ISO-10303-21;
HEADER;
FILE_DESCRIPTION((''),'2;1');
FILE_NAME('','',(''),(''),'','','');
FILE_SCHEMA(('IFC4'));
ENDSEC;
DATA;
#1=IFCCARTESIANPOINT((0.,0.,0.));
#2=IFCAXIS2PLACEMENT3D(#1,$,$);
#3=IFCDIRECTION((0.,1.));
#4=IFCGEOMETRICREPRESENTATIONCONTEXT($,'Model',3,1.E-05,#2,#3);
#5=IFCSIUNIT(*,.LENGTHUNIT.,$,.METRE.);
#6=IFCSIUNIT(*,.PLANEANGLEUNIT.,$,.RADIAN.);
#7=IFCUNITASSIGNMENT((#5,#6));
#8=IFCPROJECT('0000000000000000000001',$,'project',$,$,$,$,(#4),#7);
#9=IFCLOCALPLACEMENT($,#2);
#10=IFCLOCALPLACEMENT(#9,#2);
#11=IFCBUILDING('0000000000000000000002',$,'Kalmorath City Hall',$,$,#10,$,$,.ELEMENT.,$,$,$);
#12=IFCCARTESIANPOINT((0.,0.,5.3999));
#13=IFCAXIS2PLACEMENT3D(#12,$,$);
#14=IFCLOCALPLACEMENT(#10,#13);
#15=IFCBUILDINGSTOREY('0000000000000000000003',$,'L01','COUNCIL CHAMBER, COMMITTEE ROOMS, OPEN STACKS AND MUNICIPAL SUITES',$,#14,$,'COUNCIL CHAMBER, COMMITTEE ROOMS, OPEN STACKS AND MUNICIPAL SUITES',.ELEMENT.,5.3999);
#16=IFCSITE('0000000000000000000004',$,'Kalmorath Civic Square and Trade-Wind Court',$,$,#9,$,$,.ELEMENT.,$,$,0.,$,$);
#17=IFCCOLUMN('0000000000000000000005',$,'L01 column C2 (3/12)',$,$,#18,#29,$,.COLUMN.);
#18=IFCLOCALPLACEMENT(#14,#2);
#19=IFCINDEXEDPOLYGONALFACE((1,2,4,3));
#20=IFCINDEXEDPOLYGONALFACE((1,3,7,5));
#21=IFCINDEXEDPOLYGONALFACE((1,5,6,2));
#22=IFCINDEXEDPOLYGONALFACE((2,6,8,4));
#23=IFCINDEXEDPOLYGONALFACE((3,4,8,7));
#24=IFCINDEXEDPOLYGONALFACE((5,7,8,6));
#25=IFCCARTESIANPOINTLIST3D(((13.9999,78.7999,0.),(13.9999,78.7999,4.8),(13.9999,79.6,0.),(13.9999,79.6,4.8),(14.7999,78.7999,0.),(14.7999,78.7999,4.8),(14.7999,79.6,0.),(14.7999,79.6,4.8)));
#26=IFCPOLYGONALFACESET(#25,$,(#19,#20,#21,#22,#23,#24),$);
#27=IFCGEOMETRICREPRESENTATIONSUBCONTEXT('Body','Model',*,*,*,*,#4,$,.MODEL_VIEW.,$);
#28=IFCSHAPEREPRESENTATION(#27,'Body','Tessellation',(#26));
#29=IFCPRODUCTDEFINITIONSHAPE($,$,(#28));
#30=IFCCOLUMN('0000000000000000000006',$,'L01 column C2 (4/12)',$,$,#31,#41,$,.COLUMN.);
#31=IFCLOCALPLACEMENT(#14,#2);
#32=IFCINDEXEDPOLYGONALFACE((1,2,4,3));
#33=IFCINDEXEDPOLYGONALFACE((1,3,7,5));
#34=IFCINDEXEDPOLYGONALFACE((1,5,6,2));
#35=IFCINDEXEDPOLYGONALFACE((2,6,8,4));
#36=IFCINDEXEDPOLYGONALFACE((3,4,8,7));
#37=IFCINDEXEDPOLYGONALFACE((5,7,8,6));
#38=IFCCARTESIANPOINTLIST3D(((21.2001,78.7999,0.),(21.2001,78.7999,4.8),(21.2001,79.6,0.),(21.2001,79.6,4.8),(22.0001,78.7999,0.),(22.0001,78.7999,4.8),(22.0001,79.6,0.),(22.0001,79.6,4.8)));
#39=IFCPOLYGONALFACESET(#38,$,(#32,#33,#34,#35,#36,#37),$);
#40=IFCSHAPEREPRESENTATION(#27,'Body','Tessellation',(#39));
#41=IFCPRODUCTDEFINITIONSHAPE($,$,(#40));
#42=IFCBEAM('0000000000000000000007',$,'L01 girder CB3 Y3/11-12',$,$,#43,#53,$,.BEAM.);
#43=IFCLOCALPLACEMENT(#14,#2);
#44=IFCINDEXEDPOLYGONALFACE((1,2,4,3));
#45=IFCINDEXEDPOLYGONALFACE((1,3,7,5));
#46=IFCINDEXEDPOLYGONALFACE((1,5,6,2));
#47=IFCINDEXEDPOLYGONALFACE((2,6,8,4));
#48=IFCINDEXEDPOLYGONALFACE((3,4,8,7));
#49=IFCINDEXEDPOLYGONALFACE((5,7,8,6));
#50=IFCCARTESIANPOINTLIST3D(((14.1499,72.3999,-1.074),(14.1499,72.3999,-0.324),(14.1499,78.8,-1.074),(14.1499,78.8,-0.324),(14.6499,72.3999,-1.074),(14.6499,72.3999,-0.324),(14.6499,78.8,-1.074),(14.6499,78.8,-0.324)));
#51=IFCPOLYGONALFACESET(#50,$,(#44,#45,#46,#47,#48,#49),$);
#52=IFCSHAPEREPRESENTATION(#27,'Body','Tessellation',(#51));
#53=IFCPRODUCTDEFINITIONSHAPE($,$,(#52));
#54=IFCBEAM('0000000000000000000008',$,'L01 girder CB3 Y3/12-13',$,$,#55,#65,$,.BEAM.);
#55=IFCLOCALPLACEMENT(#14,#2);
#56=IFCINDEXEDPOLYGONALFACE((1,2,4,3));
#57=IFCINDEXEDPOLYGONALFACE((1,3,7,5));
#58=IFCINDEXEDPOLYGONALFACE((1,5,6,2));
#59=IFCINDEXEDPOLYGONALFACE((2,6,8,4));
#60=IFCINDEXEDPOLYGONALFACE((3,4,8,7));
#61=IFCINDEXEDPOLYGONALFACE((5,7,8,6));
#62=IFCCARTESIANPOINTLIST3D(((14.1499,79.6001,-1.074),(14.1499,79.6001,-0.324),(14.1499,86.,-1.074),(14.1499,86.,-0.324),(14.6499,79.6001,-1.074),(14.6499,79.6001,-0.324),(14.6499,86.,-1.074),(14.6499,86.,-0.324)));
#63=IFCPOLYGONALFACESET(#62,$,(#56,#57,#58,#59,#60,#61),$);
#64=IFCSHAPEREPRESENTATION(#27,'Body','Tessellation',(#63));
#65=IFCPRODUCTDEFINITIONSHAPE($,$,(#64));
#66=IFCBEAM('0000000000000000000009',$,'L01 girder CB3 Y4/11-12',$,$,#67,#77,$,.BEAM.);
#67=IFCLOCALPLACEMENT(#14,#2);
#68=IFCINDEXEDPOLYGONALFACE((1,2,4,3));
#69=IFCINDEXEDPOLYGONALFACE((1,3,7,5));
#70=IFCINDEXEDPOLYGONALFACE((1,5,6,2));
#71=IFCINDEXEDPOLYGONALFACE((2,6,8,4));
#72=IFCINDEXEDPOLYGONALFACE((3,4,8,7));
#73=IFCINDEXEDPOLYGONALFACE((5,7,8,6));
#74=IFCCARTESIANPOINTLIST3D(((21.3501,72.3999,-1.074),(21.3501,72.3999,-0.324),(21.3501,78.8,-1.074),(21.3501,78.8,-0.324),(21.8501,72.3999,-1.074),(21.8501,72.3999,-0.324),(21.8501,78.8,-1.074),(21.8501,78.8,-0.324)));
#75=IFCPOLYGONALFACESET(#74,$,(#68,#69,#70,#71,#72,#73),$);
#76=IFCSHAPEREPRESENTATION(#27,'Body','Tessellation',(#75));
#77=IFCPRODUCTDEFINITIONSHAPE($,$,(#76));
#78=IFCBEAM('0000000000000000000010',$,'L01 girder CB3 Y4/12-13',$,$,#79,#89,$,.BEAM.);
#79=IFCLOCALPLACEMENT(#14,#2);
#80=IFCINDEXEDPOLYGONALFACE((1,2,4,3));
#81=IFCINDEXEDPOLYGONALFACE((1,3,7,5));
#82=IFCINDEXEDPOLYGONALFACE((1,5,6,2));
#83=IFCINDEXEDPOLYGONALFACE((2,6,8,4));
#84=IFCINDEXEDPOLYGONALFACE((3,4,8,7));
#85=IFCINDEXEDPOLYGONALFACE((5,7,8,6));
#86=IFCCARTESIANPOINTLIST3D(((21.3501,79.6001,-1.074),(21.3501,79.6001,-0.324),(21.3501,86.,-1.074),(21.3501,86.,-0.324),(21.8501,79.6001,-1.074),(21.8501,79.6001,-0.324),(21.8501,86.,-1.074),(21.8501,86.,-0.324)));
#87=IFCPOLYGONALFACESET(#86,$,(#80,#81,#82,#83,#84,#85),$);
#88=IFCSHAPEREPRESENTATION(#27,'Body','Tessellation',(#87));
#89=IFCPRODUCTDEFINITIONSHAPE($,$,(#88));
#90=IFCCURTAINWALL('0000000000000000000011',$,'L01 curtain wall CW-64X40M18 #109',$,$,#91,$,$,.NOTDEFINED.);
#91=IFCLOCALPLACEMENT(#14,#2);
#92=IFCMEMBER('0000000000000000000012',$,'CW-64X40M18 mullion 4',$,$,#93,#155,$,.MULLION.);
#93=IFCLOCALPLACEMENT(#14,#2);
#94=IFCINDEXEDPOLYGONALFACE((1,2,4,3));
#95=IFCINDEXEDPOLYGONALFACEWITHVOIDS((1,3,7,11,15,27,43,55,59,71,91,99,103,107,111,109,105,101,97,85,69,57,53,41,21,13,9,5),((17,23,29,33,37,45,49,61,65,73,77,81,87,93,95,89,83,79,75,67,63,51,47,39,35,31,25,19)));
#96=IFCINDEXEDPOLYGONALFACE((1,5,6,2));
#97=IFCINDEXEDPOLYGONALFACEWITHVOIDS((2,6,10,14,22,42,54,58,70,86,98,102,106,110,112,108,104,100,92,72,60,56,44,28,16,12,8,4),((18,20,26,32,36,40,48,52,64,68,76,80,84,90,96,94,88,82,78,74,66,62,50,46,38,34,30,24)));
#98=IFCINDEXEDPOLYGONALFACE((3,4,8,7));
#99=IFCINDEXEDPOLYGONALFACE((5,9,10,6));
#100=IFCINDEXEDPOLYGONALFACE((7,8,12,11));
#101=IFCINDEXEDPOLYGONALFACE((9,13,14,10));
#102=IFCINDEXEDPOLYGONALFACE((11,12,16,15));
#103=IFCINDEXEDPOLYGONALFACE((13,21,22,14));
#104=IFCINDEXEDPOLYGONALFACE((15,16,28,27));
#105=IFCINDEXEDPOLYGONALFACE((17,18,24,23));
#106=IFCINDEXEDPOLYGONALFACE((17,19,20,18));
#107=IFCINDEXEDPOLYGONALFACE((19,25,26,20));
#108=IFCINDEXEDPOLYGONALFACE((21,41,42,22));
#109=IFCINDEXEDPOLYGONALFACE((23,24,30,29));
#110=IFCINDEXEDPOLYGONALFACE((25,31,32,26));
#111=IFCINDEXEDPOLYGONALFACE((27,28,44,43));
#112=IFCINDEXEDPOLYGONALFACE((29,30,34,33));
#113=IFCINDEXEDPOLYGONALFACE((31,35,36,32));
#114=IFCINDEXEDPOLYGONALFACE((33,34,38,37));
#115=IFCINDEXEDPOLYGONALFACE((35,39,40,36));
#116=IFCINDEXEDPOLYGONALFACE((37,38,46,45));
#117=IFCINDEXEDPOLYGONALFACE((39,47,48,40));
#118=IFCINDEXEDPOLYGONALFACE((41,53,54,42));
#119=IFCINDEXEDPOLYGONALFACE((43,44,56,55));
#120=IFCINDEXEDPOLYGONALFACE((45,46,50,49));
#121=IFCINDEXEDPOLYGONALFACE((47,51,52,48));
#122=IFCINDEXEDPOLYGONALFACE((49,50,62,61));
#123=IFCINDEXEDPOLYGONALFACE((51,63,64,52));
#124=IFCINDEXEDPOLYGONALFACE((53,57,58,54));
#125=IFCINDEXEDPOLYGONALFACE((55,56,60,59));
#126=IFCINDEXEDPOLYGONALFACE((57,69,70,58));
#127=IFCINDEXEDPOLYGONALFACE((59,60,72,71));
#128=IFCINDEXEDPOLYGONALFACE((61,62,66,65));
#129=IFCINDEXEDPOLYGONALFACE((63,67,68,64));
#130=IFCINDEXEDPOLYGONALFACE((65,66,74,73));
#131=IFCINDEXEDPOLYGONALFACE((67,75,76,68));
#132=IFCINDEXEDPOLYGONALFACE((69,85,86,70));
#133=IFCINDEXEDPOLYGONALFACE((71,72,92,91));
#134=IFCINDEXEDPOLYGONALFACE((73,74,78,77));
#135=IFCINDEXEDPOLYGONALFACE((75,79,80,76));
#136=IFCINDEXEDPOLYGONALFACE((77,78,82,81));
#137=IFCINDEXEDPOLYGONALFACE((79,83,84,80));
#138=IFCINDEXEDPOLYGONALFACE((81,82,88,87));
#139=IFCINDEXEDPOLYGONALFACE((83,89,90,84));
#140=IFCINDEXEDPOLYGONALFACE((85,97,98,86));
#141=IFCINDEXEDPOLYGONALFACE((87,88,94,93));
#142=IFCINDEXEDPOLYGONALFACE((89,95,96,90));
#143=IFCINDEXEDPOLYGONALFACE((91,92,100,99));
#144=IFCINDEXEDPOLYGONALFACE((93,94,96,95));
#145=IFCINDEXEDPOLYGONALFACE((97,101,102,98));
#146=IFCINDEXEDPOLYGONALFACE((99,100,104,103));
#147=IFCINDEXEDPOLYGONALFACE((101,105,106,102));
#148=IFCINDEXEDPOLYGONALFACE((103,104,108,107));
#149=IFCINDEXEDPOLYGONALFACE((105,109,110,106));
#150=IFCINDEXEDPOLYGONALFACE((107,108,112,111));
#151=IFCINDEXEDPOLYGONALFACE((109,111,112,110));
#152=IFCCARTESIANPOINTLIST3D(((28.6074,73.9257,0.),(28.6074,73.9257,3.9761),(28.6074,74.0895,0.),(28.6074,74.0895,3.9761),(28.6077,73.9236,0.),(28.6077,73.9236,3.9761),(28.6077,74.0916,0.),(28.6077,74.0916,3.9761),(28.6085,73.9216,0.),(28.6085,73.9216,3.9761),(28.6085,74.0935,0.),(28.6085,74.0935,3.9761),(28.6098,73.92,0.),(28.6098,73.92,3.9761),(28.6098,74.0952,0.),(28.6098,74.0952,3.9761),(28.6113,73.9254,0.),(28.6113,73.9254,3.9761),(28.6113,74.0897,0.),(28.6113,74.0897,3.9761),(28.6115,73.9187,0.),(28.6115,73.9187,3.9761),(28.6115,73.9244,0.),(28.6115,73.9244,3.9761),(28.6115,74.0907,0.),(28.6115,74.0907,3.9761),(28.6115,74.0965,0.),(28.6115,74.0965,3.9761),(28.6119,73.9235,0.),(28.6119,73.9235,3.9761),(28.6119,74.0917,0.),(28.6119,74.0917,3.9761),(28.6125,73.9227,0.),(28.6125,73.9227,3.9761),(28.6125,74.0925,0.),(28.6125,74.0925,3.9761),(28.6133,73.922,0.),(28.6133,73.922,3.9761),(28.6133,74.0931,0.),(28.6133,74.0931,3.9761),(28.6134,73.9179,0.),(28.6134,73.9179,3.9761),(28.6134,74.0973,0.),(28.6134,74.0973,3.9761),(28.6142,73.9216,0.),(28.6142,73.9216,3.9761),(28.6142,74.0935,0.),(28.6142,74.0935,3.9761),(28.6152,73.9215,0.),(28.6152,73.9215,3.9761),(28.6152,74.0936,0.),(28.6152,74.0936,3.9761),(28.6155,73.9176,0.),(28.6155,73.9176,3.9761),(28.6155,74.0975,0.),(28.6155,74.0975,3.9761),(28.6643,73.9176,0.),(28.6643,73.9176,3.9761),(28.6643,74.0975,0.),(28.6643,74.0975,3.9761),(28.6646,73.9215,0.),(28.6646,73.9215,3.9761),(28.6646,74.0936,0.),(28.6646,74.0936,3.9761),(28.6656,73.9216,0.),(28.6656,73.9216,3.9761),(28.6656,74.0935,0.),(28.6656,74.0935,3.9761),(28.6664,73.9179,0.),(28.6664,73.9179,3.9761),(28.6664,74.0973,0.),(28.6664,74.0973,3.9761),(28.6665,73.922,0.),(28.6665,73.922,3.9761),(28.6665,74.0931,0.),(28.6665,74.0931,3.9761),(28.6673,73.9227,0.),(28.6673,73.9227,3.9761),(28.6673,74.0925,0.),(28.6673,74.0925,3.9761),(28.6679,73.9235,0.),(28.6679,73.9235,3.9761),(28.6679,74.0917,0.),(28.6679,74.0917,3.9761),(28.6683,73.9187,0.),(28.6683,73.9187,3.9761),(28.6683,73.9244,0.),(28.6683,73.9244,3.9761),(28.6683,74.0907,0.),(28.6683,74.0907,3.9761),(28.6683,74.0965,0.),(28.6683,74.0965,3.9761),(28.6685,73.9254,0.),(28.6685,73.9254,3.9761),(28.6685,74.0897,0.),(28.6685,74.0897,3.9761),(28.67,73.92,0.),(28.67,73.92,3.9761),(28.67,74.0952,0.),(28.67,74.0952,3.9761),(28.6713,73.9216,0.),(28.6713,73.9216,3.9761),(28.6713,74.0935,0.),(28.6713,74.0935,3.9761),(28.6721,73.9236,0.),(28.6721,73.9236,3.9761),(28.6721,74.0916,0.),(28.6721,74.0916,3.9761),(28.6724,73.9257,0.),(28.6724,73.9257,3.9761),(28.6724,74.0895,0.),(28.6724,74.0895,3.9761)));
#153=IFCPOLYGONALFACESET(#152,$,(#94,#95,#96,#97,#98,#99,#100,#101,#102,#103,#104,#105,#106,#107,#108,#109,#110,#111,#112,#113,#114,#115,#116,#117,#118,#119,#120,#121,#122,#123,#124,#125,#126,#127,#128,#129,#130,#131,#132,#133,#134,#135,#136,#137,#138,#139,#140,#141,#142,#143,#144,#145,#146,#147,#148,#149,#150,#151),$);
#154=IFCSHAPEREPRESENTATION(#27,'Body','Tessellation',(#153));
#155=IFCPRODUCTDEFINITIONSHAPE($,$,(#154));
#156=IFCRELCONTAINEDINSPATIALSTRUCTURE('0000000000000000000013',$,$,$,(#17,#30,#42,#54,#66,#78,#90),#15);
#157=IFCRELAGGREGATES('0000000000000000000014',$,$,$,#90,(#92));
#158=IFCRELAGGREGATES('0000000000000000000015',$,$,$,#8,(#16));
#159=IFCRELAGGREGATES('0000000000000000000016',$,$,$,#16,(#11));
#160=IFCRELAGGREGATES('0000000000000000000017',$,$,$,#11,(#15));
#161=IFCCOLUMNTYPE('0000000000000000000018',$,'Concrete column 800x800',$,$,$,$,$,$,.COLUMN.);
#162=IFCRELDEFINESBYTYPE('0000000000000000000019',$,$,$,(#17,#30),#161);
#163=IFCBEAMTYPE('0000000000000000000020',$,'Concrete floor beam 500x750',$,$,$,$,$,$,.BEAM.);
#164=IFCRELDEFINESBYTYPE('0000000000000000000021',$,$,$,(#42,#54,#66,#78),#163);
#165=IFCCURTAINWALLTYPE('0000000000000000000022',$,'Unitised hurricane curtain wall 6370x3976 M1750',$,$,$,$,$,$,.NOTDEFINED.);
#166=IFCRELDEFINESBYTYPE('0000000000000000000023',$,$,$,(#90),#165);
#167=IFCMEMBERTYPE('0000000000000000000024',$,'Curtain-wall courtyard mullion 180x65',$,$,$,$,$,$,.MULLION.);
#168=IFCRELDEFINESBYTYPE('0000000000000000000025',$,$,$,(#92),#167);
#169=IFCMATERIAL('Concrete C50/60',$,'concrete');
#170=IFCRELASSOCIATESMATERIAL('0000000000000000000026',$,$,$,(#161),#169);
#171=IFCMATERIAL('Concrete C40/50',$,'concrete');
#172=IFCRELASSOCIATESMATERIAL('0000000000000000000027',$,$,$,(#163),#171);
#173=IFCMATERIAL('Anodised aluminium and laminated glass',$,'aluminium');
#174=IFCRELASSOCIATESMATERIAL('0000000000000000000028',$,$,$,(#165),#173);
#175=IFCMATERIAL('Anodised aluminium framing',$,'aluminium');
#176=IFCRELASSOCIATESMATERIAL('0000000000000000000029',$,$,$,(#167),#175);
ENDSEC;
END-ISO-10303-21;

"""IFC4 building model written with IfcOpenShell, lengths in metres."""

from ifc_helpers import new_model, si_unit, direction, frame, origin, origin_2d, place, context, subcontext, project, spatial, rectangle, hollow_rectangle, extrude, material, material_profile, profile_set, type_object, element, aggregate, save


model = new_model("IFC4")

# Units and contexts
model_context = context("Model", 3, precision=1e-05, world=origin(), true_north=direction((0.0, 1.0)))
body_context = subcontext(model_context, "Body", "Model", "MODEL_VIEW")
ifc_project = project(units=[si_unit("LENGTHUNIT", "METRE"), si_unit("PLANEANGLEUNIT", "RADIAN")], contexts=[model_context])

# Site, building, storey
site_placement = place(None, origin())
site = spatial("IfcSite", under=ifc_project, at=site_placement, Name="Kalmorath Civic Square and Trade-Wind Court", CompositionType="ELEMENT", RefElevation=0.0)
building_placement = place(site_placement, origin())
building = spatial("IfcBuilding", under=site, at=building_placement, Name="Kalmorath City Hall", CompositionType="ELEMENT")
storey_placement = place(building_placement, frame((0.0, 0.0, 5.3999)))
storey = spatial("IfcBuildingStorey", under=building, at=storey_placement, Name="L01", Description="COUNCIL CHAMBER, COMMITTEE ROOMS, OPEN STACKS AND MUNICIPAL SUITES", LongName="COUNCIL CHAMBER, COMMITTEE ROOMS, OPEN STACKS AND MUNICIPAL SUITES", CompositionType="ELEMENT", Elevation=5.3999)

# Columns
ifc_material_1 = material(Name="Concrete C50/60", Category="concrete")
ifc_material_profile_1 = material_profile(ifc_material_1, rectangle(XDim=0.8, YDim=0.8, at=origin_2d()), Name="RC-COL-800X800")
ifc_profile_set_1 = profile_set([ifc_material_profile_1], Name="Concrete C50/60")
column_type = type_object("IfcColumnType", Name="Concrete column 800x800", PredefinedType="COLUMN", material=ifc_profile_set_1)
for number, where, z_axis, x_axis, name in (
    (1, (14.3999, 79.2, 0.0), (0.0, 0.0, 1.0), (1.0, 0.0, 0.0), "L01 column C2 (3/12)"),
    (2, (21.6001, 79.2, 0.0), (0.0, 0.0, 1.0), (1.0, 0.0, 0.0), "L01 column C2 (4/12)"),
):
    element("IfcColumn", number, at=place(storey_placement, frame(where, z_axis=z_axis, x_axis=x_axis)), inside=storey, type_object=column_type, Name=name, PredefinedType="COLUMN", context=body_context, shape_type="SweptSolid", body=[
        extrude(rectangle(XDim=0.8, YDim=0.8, at=origin_2d()), origin(), (0.0, 0.0, 1.0), 4.8),
    ])

# Beams
ifc_material_2 = material(Name="Concrete C40/50", Category="concrete")
ifc_material_profile_2 = material_profile(ifc_material_2, rectangle(XDim=0.5, YDim=0.75, at=origin_2d()), Name="RC-BM-500X750")
ifc_profile_set_2 = profile_set([ifc_material_profile_2], Name="Concrete C40/50")
beam_type_1 = type_object("IfcBeamType", Name="Concrete floor beam 500x750", PredefinedType="BEAM", material=ifc_profile_set_2)
beam_1_placement = place(storey_placement, frame((14.3999, 72.3999, -0.699), z_axis=(0.0, 1.0, 0.0), x_axis=(-1.0, 0.0, 0.0)))
element("IfcBeam", 3, at=beam_1_placement, inside=storey, type_object=beam_type_1, Name="L01 girder CB3 Y3/11-12", PredefinedType="BEAM", context=body_context, shape_type="SweptSolid", body=[
    extrude(rectangle(XDim=0.5, YDim=0.75, at=origin_2d()), origin(), (0.0, 0.0, 1.0), 6.4001),
])
beam_2_placement = place(storey_placement, frame((14.3999, 79.6001, -0.699), z_axis=(0.0, 1.0, 0.0), x_axis=(-1.0, 0.0, 0.0)))
element("IfcBeam", 4, at=beam_2_placement, inside=storey, type_object=beam_type_1, Name="L01 girder CB3 Y3/12-13", PredefinedType="BEAM", context=body_context, shape_type="SweptSolid", body=[
    extrude(rectangle(XDim=0.5, YDim=0.75, at=origin_2d()), origin(), (0.0, 0.0, 1.0), 6.3999),
])
beam_3_placement = place(storey_placement, frame((21.6001, 72.3999, -0.699), z_axis=(0.0, 1.0, 0.0), x_axis=(-1.0, 0.0, 0.0)))
element("IfcBeam", 5, at=beam_3_placement, inside=storey, type_object=beam_type_1, Name="L01 girder CB3 Y4/11-12", PredefinedType="BEAM", context=body_context, shape_type="SweptSolid", body=[
    extrude(rectangle(XDim=0.5, YDim=0.75, at=origin_2d()), origin(), (0.0, 0.0, 1.0), 6.4001),
])
beam_4_placement = place(storey_placement, frame((21.6001, 79.6001, -0.699), z_axis=(0.0, 1.0, 0.0), x_axis=(-1.0, 0.0, 0.0)))
element("IfcBeam", 6, at=beam_4_placement, inside=storey, type_object=beam_type_1, Name="L01 girder CB3 Y4/12-13", PredefinedType="BEAM", context=body_context, shape_type="SweptSolid", body=[
    extrude(rectangle(XDim=0.5, YDim=0.75, at=origin_2d()), origin(), (0.0, 0.0, 1.0), 6.3999),
])

# Curtain wall, member
ifc_material_3 = material(Name="Anodised aluminium and laminated glass", Category="aluminium")
curtain_wall_type = type_object("IfcCurtainWallType", Name="Unitised hurricane curtain wall 6370x3976 M1750", PredefinedType="NOTDEFINED", material=ifc_material_3)
curtain_wall_placement = place(storey_placement, origin())
curtain_wall = element("IfcCurtainWall", 7, at=curtain_wall_placement, inside=storey, type_object=curtain_wall_type, Name="L01 curtain wall CW-64X40M18 #109", PredefinedType="NOTDEFINED")
ifc_material_4 = material(Name="Anodised aluminium framing", Category="aluminium")
ifc_material_profile_3 = material_profile(ifc_material_4, hollow_rectangle(XDim=0.0649, YDim=0.1799, WallThickness=0.0039, InnerFilletRadius=0.0039, OuterFilletRadius=0.0081, at=origin_2d()), Name="ALU-MUL-180X65X4")
ifc_profile_set_3 = profile_set([ifc_material_profile_3], Name="Anodised aluminium framing")
member_type_1 = type_object("IfcMemberType", Name="Curtain-wall courtyard mullion 180x65", PredefinedType="MULLION", material=ifc_profile_set_3)
member_1_placement = place(storey_placement, frame((28.6399, 74.0076, 0.0), z_axis=(0.0, 0.0, 1.0), x_axis=(1.0, 0.0, 0.0)))
member_1 = element("IfcMember", 8, at=member_1_placement, type_object=member_type_1, Name="CW-64X40M18 mullion 4", PredefinedType="MULLION", context=body_context, shape_type="SweptSolid", body=[
    extrude(hollow_rectangle(XDim=0.0649, YDim=0.1799, WallThickness=0.0039, InnerFilletRadius=0.0039, OuterFilletRadius=0.0081, at=origin_2d()), origin(), (0.0, 0.0, 1.0), 3.9761),
])

aggregate(curtain_wall, [member_1])

save(model, "model.ifc")
